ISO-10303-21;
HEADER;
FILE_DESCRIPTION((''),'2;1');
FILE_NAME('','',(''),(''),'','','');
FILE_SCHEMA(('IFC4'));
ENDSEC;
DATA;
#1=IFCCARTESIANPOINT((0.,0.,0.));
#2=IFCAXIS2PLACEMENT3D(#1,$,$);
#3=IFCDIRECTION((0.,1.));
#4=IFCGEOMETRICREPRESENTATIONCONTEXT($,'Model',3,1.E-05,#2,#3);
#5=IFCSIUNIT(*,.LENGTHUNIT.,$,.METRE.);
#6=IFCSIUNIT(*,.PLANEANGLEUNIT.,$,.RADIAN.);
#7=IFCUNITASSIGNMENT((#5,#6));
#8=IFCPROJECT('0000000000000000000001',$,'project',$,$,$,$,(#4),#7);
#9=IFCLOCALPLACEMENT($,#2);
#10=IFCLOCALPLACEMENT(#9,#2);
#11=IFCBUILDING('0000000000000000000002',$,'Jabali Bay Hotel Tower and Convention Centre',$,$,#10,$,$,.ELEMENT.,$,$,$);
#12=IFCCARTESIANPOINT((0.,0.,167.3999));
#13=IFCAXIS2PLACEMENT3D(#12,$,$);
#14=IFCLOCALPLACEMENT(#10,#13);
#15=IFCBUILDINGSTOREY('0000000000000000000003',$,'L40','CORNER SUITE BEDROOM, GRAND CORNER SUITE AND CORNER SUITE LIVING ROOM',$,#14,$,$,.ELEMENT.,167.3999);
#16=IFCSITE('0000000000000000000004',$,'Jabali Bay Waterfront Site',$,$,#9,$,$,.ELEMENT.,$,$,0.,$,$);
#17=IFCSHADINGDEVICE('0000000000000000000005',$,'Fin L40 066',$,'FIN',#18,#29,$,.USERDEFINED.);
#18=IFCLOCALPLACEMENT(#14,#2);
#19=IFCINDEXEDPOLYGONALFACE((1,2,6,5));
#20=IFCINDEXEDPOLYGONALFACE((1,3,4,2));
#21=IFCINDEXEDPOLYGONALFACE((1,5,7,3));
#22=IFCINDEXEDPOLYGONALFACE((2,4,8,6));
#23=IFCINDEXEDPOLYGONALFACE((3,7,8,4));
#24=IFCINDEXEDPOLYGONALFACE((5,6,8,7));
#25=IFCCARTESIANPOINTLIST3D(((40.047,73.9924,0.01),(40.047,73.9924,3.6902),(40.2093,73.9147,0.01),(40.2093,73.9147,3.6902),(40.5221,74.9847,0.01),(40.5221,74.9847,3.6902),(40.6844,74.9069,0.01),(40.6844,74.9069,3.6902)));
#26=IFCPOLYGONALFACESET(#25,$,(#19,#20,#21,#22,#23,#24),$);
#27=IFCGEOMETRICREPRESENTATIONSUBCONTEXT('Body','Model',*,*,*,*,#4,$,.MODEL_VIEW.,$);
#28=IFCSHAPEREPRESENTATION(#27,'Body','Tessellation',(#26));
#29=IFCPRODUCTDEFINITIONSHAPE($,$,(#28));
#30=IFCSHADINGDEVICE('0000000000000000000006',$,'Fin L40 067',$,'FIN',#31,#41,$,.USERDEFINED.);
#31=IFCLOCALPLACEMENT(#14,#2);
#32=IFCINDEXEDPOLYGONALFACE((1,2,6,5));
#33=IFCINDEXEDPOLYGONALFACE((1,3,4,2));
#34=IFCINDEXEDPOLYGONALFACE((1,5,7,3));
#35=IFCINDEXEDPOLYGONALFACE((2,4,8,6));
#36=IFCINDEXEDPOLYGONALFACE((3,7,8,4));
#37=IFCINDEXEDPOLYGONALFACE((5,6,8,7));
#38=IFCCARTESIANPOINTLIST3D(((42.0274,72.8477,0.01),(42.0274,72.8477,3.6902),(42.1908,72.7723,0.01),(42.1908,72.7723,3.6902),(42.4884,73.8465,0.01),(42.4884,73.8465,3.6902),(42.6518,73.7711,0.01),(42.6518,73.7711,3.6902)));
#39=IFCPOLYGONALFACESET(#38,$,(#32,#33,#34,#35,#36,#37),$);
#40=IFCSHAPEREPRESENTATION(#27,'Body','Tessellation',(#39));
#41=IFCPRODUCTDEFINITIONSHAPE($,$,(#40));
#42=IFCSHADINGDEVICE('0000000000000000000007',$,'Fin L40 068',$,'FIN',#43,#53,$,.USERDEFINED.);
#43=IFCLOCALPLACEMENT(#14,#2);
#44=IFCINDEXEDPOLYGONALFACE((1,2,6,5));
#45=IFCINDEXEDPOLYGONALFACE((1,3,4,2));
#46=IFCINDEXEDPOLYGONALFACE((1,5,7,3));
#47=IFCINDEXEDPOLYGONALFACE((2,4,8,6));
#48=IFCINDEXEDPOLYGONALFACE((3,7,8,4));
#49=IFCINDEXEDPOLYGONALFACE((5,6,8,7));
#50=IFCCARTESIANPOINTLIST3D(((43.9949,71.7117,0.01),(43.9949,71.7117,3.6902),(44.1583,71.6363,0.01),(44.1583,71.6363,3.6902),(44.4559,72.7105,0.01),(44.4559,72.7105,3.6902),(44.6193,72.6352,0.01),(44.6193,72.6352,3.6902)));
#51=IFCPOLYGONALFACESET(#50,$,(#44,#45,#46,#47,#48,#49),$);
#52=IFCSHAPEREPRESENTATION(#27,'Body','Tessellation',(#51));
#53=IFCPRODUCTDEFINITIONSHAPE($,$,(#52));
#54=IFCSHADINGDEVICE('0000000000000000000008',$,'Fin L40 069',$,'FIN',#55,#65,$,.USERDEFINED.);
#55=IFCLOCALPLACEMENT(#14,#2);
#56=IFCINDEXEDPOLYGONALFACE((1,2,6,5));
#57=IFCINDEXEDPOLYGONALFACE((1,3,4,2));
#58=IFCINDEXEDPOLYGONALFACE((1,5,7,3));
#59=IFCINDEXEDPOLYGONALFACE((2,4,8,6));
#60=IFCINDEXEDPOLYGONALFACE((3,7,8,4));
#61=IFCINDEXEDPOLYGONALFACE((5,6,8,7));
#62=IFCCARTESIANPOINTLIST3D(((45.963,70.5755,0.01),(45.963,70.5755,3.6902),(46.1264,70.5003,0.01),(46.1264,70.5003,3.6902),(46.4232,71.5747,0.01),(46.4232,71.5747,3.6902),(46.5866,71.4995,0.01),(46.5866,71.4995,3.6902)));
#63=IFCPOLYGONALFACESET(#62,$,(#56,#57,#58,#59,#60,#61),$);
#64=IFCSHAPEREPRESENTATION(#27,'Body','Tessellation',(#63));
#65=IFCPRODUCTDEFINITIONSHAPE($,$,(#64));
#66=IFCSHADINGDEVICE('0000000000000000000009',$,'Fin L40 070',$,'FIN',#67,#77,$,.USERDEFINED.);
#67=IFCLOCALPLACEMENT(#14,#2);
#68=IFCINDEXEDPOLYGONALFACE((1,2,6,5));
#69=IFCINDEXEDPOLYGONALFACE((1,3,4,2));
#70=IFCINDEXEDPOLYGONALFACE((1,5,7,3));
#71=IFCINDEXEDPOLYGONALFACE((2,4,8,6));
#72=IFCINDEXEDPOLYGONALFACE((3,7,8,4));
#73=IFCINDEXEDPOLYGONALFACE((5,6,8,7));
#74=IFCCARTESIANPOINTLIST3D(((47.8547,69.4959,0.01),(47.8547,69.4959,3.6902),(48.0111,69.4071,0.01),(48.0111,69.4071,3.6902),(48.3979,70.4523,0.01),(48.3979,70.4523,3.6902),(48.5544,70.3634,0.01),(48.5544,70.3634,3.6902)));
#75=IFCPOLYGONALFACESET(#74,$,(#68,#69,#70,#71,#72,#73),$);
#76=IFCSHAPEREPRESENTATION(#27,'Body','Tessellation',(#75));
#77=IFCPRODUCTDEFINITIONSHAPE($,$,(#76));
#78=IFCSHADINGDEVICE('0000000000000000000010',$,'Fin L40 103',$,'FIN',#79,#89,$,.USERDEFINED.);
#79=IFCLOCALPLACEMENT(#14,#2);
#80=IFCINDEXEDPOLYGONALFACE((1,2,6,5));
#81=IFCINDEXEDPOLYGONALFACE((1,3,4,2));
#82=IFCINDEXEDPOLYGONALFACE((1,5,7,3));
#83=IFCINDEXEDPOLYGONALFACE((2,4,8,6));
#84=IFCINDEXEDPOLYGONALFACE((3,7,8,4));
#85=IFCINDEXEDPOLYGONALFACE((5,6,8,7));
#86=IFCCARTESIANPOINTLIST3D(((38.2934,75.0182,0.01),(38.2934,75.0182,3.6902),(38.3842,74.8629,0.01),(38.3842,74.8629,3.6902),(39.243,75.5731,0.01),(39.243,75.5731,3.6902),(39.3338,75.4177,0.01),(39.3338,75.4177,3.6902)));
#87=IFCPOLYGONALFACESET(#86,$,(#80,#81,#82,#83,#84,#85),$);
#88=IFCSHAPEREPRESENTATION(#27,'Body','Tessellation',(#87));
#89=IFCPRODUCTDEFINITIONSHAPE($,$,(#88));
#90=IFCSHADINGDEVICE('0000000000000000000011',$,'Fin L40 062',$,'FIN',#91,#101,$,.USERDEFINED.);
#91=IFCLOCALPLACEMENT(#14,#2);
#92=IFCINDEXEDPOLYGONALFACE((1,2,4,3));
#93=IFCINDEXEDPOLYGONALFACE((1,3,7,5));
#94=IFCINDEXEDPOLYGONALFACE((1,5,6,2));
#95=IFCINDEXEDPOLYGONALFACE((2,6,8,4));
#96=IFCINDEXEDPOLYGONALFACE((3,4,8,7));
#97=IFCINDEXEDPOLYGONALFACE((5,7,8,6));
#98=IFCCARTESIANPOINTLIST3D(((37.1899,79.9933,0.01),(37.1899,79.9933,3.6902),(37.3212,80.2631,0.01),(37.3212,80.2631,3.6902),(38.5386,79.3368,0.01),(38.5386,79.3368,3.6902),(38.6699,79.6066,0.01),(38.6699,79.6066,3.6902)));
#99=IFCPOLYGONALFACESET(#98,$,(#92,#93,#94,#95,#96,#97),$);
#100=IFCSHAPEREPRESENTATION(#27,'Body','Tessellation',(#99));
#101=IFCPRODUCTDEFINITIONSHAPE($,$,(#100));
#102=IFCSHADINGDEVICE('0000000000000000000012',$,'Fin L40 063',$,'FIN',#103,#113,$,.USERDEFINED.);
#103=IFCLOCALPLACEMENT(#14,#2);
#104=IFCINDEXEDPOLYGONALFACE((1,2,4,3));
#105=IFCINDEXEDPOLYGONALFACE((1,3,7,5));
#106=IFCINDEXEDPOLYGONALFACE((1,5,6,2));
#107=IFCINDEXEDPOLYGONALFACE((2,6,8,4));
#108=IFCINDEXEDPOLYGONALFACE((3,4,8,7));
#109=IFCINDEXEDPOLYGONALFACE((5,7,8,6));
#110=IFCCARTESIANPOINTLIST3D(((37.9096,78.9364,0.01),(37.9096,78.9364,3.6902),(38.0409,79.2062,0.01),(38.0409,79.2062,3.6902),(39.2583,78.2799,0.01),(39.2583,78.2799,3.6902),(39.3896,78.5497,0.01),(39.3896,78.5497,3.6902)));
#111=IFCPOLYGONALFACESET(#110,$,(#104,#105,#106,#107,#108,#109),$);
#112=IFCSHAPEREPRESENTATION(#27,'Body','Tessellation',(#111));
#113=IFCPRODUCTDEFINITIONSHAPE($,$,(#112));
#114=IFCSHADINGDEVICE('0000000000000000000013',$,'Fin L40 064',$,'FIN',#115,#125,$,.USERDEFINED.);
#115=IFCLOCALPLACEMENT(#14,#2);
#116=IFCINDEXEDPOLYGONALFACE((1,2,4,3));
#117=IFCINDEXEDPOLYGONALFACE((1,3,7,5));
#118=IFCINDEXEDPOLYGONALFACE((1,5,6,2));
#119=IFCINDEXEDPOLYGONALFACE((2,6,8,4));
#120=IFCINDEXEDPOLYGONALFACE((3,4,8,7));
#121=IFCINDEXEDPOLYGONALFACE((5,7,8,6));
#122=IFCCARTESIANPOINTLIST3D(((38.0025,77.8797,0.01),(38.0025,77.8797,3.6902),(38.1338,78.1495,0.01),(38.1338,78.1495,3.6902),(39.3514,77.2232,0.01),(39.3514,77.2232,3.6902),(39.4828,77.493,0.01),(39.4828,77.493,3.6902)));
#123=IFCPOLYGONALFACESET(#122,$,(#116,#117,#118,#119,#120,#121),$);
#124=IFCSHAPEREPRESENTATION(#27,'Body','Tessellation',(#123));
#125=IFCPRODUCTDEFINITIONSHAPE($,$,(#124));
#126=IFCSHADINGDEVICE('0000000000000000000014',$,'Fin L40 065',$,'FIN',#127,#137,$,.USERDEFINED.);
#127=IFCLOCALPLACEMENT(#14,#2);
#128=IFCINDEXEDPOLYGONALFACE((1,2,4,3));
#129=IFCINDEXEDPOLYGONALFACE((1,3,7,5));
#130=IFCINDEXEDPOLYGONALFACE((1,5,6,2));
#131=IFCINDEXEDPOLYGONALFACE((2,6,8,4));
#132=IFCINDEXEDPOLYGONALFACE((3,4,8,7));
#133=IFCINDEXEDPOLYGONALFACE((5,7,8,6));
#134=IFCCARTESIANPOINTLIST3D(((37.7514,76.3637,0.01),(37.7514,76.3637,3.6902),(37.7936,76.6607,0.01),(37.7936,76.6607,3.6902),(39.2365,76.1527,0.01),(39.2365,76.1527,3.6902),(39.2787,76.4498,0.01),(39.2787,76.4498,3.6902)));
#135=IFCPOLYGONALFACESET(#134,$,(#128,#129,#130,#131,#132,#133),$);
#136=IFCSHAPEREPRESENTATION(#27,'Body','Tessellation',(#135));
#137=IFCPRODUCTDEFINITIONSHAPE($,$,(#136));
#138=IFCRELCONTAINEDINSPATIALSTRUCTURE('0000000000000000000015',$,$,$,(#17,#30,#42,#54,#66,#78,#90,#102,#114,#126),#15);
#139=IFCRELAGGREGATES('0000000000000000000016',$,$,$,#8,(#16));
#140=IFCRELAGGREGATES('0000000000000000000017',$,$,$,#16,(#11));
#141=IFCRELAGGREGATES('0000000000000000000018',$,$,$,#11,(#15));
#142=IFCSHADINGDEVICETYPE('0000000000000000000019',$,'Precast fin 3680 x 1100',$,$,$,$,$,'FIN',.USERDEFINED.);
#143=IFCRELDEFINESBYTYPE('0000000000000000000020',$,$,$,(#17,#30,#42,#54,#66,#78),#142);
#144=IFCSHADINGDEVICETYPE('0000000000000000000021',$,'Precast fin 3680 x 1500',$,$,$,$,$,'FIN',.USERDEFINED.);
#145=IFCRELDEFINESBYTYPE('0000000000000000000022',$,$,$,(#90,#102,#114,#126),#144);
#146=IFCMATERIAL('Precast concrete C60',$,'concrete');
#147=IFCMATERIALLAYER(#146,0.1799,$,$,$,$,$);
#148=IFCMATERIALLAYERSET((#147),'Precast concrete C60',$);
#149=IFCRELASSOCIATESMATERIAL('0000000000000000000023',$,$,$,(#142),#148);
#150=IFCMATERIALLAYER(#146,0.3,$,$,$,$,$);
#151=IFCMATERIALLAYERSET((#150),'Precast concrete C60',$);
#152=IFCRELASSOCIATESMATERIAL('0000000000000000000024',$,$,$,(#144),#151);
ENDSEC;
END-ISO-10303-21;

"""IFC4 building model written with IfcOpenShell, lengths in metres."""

from ifc_helpers import new_model, si_unit, direction, frame, frame_2d, origin, place, context, subcontext, project, spatial, rectangle, extrude, material, layer, layer_set, type_object, element, save


model = new_model("IFC4")

# Units and contexts
model_context = context("Model", 3, precision=1e-05, world=origin(), true_north=direction((0.0, 1.0)))
body_context = subcontext(model_context, "Body", "Model", "MODEL_VIEW")
ifc_project = project(units=[si_unit("LENGTHUNIT", "METRE"), si_unit("PLANEANGLEUNIT", "RADIAN")], contexts=[model_context])

# Site, building, storey
site_placement = place(None, origin())
site = spatial("IfcSite", under=ifc_project, at=site_placement, Name="Jabali Bay Waterfront Site", CompositionType="ELEMENT", RefElevation=0.0)
building_placement = place(site_placement, origin())
building = spatial("IfcBuilding", under=site, at=building_placement, Name="Jabali Bay Hotel Tower and Convention Centre", CompositionType="ELEMENT")
storey_placement = place(building_placement, frame((0.0, 0.0, 167.3999)))
storey = spatial("IfcBuildingStorey", under=building, at=storey_placement, Name="L40", Description="CORNER SUITE BEDROOM, GRAND CORNER SUITE AND CORNER SUITE LIVING ROOM", CompositionType="ELEMENT", Elevation=167.3999)

# Shading devices
ifc_material_1 = material(Name="Precast concrete C60", Category="concrete")
ifc_layer_1 = layer(ifc_material_1, 0.1799)
ifc_layer_set_1 = layer_set([ifc_layer_1], Name="Precast concrete C60")
shading_device_type_1 = type_object("IfcShadingDeviceType", Name="Precast fin 3680 x 1100", ElementType="FIN", PredefinedType="USERDEFINED", material=ifc_layer_set_1)
for number, where, z_axis, x_axis, name in (
    (1, (40.6033, 74.9458, 0.01), (0.0, 0.0, 1.0), (-0.43188, -0.901931, 0.0), "Fin L40 066"),
    (2, (42.5701, 73.8088, 0.01), (0.0, 0.0, 1.0), (-0.41903, -0.907972, 0.0), "Fin L40 067"),
    (3, (44.5376, 72.6729, 0.01), (0.0, 0.0, 1.0), (-0.41903, -0.907972, 0.0), "Fin L40 068"),
    (4, (46.5049, 71.5371, 0.01), (0.0, 0.0, 1.0), (-0.418312, -0.908303, 0.0), "Fin L40 069"),
):
    element("IfcShadingDevice", number, at=place(storey_placement, frame(where, z_axis=z_axis, x_axis=x_axis)), inside=storey, type_object=shading_device_type_1, Name=name, ObjectType="FIN", PredefinedType="USERDEFINED", context=body_context, shape_type="SweptSolid", body=[
        extrude(rectangle(XDim=1.1001, YDim=0.1799, at=frame_2d((0.55, 0.0))), origin(), (0.0, 0.0, 1.0), 3.6802),
    ])
for number, where, z_axis, x_axis, name in (
    (5, (48.4761, 70.4077, 0.01), (0.0, 0.0, 1.0), (-0.493914, -0.869511, 0.0), "Fin L40 070"),
    (6, (39.2883, 75.4954, 0.01), (0.0, 0.0, 1.0), (-0.863408, -0.504506, 0.0), "Fin L40 103"),
):
    element("IfcShadingDevice", number, at=place(storey_placement, frame(where, z_axis=z_axis, x_axis=x_axis)), inside=storey, type_object=shading_device_type_1, Name=name, ObjectType="FIN", PredefinedType="USERDEFINED", context=body_context, shape_type="SweptSolid", body=[
        extrude(rectangle(XDim=1.0999, YDim=0.1799, at=frame_2d((0.5498, 0.0))), origin(), (0.0, 0.0, 1.0), 3.6802),
    ])
ifc_layer_2 = layer(ifc_material_1, 0.3)
ifc_layer_set_2 = layer_set([ifc_layer_2], Name="Precast concrete C60")
shading_device_type_2 = type_object("IfcShadingDeviceType", Name="Precast fin 3680 x 1500", ElementType="FIN", PredefinedType="USERDEFINED", material=ifc_layer_set_2)
for number, where, z_axis, x_axis, name in (
    (7, (38.6042, 79.4717, 0.01), (0.0, 0.0, 1.0), (-0.899129, 0.437683, 0.0), "Fin L40 062"),
    (8, (39.324, 78.4148, 0.01), (0.0, 0.0, 1.0), (-0.899129, 0.437683, 0.0), "Fin L40 063"),
):
    element("IfcShadingDevice", number, at=place(storey_placement, frame(where, z_axis=z_axis, x_axis=x_axis)), inside=storey, type_object=shading_device_type_2, Name=name, ObjectType="FIN", PredefinedType="USERDEFINED", context=body_context, shape_type="SweptSolid", body=[
        extrude(rectangle(XDim=1.5, YDim=0.3, at=frame_2d((0.75, 0.0))), origin(), (0.0, 0.0, 1.0), 3.6802),
    ])
shading_device_1_placement = place(storey_placement, frame((39.417, 77.3582, 0.01), z_axis=(0.0, 0.0, 1.0), x_axis=(-0.899161, 0.437619, 0.0)))
element("IfcShadingDevice", 9, at=shading_device_1_placement, inside=storey, type_object=shading_device_type_2, Name="Fin L40 064", ObjectType="FIN", PredefinedType="USERDEFINED", context=body_context, shape_type="SweptSolid", body=[
    extrude(rectangle(XDim=1.5002, YDim=0.3, at=frame_2d((0.75, 0.0))), origin(), (0.0, 0.0, 1.0), 3.6802),
])
shading_device_2_placement = place(storey_placement, frame((39.2576, 76.3013, 0.01), z_axis=(0.0, 0.0, 1.0), x_axis=(-0.990063, 0.140624, 0.0)))
element("IfcShadingDevice", 10, at=shading_device_2_placement, inside=storey, type_object=shading_device_type_2, Name="Fin L40 065", ObjectType="FIN", PredefinedType="USERDEFINED", context=body_context, shape_type="SweptSolid", body=[
    extrude(rectangle(XDim=1.5, YDim=0.3, at=frame_2d((0.75, 0.0))), origin(), (0.0, 0.0, 1.0), 3.6802),
])

save(model, "model.ifc")
